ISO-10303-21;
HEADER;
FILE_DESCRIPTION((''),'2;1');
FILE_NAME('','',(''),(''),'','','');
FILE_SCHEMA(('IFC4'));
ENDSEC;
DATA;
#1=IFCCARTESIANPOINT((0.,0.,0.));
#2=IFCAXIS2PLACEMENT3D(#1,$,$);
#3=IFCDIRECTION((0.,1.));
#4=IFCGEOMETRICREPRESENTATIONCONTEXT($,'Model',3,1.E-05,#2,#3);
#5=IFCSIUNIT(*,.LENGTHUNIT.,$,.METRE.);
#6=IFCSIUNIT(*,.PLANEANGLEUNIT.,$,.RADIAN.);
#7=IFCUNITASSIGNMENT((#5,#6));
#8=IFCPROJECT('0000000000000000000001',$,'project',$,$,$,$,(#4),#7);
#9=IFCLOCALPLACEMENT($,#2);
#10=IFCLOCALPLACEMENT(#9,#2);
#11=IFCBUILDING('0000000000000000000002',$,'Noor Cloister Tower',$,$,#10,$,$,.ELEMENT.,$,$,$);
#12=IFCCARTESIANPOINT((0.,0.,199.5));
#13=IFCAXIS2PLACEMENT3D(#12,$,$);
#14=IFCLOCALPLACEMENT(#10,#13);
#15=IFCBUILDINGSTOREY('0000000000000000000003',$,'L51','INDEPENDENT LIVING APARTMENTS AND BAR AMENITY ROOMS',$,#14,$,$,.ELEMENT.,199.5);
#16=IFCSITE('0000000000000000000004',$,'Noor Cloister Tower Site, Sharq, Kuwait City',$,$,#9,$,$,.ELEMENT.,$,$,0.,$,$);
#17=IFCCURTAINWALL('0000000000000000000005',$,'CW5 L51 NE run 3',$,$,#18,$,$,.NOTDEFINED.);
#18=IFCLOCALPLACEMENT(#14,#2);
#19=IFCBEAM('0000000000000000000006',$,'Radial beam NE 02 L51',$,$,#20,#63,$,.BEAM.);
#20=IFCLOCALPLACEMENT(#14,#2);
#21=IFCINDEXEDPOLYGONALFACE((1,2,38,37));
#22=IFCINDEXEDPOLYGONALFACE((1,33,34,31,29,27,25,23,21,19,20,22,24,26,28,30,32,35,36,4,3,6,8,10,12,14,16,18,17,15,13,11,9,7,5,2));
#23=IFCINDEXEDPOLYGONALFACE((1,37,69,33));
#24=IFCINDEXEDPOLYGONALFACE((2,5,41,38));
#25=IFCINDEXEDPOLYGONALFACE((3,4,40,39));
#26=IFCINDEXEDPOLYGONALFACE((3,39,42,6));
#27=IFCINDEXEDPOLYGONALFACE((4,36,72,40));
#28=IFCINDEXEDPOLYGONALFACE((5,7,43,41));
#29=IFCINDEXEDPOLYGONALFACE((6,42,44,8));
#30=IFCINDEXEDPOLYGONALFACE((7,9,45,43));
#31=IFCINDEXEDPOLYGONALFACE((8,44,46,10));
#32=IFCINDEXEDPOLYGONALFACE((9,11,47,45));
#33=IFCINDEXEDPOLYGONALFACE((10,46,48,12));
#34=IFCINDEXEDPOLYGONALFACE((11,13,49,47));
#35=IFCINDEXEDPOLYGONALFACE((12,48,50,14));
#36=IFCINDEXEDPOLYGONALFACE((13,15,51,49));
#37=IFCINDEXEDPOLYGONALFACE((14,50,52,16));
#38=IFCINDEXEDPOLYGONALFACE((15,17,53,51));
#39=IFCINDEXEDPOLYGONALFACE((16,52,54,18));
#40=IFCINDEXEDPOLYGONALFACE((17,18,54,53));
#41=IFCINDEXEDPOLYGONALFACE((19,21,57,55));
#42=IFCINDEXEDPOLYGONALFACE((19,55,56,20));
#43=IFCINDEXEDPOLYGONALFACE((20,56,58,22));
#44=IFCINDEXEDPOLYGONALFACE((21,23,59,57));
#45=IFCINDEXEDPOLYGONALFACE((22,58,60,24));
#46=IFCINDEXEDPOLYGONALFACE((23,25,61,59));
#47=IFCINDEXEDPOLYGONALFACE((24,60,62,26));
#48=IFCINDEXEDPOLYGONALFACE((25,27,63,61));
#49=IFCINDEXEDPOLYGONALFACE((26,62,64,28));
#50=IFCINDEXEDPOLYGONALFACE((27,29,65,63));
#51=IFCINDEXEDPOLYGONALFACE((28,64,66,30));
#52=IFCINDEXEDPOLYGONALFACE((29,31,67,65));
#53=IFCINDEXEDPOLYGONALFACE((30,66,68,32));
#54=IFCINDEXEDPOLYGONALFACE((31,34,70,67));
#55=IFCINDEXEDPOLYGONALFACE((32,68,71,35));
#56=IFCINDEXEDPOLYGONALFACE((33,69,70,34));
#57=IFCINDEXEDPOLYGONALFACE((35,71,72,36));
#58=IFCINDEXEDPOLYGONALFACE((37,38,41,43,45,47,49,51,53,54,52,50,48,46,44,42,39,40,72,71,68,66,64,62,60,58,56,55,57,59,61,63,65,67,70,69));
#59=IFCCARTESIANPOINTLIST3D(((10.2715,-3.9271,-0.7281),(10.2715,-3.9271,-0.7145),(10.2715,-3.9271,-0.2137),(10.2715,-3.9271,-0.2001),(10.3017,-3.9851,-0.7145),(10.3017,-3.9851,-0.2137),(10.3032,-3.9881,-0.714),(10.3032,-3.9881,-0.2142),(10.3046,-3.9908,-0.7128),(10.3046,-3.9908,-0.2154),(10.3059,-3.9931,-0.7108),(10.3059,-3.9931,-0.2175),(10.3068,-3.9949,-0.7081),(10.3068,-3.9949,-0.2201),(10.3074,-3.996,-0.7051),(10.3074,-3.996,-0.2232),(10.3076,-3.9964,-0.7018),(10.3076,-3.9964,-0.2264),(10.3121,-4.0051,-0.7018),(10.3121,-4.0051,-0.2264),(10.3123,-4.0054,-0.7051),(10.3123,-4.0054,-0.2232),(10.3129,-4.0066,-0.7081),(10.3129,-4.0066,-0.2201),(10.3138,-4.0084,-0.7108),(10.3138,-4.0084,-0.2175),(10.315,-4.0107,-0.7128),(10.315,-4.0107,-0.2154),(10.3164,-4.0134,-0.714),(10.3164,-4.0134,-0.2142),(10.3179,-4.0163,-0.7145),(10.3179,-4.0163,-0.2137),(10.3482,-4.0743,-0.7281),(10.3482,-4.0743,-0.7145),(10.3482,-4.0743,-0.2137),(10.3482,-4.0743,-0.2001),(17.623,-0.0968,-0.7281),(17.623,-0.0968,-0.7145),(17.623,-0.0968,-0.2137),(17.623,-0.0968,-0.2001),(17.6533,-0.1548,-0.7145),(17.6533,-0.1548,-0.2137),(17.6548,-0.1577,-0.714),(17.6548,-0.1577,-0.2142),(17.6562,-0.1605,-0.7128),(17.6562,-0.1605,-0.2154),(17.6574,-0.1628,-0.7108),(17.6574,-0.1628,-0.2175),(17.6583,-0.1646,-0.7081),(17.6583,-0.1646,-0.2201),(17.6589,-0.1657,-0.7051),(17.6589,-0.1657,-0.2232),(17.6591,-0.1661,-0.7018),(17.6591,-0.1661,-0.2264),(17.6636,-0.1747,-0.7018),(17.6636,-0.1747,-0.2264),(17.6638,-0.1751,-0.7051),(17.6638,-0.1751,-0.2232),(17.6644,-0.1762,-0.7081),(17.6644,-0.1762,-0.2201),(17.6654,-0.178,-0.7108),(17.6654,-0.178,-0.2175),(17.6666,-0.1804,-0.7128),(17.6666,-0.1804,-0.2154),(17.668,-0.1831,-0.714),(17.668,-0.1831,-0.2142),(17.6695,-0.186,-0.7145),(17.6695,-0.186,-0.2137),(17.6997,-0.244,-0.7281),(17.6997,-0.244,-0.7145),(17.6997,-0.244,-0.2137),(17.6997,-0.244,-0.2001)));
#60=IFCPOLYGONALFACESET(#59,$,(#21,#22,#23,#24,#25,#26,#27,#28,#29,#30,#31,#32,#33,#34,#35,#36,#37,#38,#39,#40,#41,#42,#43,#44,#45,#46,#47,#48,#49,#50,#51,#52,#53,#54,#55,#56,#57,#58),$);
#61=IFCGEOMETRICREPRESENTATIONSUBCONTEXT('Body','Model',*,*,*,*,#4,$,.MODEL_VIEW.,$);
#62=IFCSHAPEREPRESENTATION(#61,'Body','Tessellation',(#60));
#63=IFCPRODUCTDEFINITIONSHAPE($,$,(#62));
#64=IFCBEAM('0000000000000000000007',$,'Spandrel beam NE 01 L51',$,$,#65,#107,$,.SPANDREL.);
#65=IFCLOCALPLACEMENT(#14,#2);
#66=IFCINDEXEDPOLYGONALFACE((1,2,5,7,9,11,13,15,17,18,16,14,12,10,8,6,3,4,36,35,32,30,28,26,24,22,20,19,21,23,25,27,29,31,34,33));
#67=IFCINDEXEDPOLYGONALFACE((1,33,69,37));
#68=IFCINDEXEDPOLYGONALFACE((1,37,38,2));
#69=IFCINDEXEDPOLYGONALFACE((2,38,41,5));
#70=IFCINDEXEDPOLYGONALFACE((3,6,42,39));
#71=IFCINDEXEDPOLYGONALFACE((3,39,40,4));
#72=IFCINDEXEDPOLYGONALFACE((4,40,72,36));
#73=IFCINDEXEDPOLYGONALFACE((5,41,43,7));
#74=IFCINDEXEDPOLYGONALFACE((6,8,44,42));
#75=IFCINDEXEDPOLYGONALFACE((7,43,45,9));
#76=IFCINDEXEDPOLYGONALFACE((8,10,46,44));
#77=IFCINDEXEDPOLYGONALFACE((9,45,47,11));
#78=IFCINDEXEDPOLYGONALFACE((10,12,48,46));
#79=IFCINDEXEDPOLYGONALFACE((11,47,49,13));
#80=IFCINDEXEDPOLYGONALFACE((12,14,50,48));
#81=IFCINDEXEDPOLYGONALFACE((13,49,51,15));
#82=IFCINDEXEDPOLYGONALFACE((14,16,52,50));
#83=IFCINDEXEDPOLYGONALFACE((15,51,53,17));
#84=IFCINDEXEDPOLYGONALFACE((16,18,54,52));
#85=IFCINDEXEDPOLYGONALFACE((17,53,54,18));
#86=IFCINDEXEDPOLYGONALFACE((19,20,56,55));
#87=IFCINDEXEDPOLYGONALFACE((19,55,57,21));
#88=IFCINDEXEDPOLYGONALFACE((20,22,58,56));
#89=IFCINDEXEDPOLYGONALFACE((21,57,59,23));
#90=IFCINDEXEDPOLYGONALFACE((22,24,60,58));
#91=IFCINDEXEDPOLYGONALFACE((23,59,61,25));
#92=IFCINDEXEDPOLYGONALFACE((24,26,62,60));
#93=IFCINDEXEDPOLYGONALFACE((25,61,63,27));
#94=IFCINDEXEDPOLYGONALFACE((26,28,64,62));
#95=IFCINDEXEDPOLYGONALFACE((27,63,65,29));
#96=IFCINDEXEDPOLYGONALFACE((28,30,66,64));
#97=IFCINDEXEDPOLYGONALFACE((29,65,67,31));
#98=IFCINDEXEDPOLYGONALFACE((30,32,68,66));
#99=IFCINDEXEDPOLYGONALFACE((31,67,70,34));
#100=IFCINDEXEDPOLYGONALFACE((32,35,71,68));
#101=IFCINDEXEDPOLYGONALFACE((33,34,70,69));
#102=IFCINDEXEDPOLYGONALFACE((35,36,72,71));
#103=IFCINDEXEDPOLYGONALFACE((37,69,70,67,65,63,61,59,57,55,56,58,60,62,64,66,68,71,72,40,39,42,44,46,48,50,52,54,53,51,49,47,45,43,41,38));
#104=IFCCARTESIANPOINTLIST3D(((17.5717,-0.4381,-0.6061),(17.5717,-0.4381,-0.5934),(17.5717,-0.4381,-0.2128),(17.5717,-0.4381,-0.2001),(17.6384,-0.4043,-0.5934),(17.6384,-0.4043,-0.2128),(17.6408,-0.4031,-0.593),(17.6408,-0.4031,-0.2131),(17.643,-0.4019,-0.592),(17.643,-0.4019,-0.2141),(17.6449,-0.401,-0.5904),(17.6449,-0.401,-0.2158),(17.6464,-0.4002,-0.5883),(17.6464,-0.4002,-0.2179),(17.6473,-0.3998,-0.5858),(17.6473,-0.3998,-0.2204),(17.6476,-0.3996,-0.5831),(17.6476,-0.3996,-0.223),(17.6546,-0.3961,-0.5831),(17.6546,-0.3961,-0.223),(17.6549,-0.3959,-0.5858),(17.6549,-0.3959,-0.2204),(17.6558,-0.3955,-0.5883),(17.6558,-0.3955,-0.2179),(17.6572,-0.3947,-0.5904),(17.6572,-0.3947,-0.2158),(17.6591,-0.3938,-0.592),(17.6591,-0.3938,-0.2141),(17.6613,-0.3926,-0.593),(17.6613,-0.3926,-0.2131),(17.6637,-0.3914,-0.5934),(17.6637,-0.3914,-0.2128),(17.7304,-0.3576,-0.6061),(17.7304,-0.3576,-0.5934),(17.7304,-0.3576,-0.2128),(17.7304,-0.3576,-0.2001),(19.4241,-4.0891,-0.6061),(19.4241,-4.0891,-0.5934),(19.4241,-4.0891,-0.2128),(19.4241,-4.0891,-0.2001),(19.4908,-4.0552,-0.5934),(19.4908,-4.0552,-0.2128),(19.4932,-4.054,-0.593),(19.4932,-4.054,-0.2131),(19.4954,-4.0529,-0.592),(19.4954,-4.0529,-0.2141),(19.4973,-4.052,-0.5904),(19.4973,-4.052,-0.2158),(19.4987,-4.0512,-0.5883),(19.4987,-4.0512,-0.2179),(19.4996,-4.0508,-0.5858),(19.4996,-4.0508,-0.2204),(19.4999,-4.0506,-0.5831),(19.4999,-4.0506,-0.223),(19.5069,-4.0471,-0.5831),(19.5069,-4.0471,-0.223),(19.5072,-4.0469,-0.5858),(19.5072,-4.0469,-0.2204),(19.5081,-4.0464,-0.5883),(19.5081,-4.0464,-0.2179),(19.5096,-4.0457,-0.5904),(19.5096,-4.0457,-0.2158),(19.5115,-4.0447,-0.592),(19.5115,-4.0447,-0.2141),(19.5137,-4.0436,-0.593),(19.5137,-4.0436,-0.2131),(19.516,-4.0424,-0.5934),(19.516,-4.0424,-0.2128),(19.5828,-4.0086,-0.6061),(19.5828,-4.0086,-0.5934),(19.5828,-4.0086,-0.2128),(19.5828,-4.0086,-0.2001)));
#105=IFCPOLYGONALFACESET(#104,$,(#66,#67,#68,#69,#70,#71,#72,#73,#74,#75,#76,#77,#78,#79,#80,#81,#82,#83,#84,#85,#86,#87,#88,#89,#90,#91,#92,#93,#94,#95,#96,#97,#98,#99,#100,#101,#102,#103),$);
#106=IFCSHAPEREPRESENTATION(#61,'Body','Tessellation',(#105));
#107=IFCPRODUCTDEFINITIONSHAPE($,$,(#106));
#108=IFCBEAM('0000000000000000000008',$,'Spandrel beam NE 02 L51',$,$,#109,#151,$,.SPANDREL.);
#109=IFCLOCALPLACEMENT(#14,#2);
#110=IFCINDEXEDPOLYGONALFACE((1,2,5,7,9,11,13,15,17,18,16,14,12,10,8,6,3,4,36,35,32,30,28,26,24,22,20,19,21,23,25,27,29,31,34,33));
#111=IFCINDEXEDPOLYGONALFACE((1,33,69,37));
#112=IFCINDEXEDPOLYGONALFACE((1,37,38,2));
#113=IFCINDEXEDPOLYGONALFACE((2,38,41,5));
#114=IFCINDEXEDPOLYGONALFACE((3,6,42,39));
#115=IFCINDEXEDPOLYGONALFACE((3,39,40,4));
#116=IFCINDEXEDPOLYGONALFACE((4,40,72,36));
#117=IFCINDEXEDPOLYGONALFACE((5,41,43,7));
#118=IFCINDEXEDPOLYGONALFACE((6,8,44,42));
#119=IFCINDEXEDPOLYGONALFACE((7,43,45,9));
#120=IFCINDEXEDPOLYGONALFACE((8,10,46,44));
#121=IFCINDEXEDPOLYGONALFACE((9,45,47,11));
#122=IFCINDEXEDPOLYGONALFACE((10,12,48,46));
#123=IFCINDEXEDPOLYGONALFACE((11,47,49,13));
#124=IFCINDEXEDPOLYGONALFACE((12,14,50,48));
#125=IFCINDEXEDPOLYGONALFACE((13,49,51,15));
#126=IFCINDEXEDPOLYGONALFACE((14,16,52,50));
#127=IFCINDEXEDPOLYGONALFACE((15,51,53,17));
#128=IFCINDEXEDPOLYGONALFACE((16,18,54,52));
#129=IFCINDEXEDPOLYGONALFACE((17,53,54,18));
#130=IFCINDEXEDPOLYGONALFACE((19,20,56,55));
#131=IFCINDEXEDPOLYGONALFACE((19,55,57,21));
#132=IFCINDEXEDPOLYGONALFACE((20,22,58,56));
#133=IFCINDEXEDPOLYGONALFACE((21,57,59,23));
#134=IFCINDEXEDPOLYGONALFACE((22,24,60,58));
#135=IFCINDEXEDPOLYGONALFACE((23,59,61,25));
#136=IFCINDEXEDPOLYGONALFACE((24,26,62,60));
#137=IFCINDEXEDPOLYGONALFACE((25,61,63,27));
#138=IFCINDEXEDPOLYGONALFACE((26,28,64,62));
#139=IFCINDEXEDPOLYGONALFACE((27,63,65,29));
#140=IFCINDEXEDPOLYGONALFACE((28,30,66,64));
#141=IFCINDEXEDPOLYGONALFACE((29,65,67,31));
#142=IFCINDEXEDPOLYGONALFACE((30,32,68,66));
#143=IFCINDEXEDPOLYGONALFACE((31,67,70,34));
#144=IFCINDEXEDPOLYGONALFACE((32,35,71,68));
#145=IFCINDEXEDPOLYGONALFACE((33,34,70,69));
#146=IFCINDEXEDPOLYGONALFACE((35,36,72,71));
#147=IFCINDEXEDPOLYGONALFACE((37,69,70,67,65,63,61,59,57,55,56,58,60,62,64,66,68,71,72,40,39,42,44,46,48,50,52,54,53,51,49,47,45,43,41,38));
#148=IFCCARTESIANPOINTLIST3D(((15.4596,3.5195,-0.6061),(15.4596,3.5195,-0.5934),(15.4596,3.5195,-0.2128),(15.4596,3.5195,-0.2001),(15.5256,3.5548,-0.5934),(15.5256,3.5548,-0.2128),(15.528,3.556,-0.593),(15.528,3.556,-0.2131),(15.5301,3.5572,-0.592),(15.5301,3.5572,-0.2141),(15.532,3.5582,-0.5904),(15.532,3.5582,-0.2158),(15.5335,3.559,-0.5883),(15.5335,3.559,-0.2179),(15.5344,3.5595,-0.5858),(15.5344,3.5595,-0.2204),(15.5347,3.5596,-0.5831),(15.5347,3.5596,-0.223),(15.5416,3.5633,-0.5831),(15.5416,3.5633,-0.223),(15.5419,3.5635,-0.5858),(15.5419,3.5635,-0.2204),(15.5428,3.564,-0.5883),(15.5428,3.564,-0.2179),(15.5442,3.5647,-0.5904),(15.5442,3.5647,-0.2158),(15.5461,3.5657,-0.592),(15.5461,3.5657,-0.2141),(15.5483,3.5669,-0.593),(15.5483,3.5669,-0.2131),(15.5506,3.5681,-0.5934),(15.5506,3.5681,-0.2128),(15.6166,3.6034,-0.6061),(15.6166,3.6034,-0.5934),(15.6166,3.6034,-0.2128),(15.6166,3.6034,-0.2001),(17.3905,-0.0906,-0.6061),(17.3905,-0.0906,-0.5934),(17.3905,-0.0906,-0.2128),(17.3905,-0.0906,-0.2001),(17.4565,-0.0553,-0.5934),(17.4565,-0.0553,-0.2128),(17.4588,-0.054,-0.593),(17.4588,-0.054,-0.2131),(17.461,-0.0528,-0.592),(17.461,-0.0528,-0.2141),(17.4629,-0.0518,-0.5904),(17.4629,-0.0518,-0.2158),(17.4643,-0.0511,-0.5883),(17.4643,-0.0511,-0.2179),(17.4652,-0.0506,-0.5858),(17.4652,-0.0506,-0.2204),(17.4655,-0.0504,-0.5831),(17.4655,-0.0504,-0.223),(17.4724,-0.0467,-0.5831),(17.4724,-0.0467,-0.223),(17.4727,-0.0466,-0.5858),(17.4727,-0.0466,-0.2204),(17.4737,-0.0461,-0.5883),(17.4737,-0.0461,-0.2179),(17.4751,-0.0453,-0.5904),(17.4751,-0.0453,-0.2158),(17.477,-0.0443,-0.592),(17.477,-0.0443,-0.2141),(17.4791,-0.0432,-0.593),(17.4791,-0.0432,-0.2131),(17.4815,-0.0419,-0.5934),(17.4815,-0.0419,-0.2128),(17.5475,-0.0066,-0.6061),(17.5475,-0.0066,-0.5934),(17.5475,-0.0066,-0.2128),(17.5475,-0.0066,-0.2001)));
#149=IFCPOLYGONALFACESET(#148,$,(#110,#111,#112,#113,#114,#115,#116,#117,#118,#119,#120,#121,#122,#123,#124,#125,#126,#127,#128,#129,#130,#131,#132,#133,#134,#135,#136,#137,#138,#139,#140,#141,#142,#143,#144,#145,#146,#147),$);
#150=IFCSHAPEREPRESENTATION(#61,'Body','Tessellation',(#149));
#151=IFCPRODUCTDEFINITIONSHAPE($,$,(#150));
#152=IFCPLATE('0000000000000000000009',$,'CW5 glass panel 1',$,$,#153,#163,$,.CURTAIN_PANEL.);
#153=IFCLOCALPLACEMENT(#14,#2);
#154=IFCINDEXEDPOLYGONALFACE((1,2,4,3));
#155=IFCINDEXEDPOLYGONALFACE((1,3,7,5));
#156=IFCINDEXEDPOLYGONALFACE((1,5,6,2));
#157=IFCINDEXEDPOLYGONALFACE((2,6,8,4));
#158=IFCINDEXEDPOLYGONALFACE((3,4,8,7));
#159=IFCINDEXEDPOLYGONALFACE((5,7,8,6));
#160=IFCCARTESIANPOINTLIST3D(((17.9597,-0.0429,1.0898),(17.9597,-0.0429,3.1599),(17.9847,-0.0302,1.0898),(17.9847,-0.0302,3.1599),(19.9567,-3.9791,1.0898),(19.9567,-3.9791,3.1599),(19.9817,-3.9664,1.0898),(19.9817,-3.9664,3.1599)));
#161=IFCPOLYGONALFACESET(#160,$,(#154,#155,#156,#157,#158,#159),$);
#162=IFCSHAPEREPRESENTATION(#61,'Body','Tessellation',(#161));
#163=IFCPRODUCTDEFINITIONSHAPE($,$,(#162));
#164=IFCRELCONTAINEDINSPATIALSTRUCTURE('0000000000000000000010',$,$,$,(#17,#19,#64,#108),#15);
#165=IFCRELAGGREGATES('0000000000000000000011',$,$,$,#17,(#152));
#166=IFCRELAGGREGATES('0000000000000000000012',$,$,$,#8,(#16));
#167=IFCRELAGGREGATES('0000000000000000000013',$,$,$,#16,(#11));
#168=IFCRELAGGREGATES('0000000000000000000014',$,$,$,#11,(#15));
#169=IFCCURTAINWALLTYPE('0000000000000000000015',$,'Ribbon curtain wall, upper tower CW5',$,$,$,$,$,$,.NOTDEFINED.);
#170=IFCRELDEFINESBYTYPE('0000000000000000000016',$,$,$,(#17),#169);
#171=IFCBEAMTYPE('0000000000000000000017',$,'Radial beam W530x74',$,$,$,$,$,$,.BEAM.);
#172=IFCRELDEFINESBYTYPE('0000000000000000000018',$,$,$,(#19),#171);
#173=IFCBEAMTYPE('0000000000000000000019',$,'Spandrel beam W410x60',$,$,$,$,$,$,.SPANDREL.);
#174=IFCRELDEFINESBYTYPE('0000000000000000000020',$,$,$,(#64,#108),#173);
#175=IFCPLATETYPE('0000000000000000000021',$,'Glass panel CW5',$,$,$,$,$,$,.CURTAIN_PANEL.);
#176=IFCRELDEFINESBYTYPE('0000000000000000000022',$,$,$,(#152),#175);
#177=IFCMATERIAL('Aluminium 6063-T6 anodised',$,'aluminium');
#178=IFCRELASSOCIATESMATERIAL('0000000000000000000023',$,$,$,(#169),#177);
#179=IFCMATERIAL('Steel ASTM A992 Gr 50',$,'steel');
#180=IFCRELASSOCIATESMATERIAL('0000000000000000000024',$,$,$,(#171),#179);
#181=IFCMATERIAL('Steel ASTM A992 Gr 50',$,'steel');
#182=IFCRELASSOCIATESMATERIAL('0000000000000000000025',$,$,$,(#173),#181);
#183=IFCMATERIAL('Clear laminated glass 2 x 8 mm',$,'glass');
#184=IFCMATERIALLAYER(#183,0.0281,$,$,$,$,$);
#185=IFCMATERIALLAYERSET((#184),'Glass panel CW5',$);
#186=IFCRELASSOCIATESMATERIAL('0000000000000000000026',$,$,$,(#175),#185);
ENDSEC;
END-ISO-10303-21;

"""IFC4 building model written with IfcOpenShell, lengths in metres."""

from ifc_helpers import new_model, si_unit, direction, frame, origin, origin_2d, place, context, subcontext, project, spatial, rectangle, i_section, extrude, material, layer, layer_set, material_profile, profile_set, type_object, element, aggregate, save


model = new_model("IFC4")

# Units and contexts
model_context = context("Model", 3, precision=1e-05, world=origin(), true_north=direction((0.0, 1.0)))
body_context = subcontext(model_context, "Body", "Model", "MODEL_VIEW")
ifc_project = project(units=[si_unit("LENGTHUNIT", "METRE"), si_unit("PLANEANGLEUNIT", "RADIAN")], contexts=[model_context])

# Site, building, storey
site_placement = place(None, origin())
site = spatial("IfcSite", under=ifc_project, at=site_placement, Name="Noor Cloister Tower Site, Sharq, Kuwait City", CompositionType="ELEMENT", RefElevation=0.0)
building_placement = place(site_placement, origin())
building = spatial("IfcBuilding", under=site, at=building_placement, Name="Noor Cloister Tower", CompositionType="ELEMENT")
storey_placement = place(building_placement, frame((0.0, 0.0, 199.5)))
storey = spatial("IfcBuildingStorey", under=building, at=storey_placement, Name="L51", Description="INDEPENDENT LIVING APARTMENTS AND BAR AMENITY ROOMS", CompositionType="ELEMENT", Elevation=199.5)

# Curtain wall
ifc_material_1 = material(Name="Aluminium 6063-T6 anodised", Category="aluminium")
curtain_wall_type = type_object("IfcCurtainWallType", Name="Ribbon curtain wall, upper tower CW5", PredefinedType="NOTDEFINED", material=ifc_material_1)
curtain_wall_placement = place(storey_placement, origin())
curtain_wall = element("IfcCurtainWall", 1, at=curtain_wall_placement, inside=storey, type_object=curtain_wall_type, Name="CW5 L51 NE run 3", PredefinedType="NOTDEFINED")

# Beams
ifc_material_2 = material(Name="Steel ASTM A992 Gr 50", Category="steel")
ifc_material_profile_1 = material_profile(ifc_material_2, i_section(OverallWidth=0.166, OverallDepth=0.5281, WebThickness=0.0098, FlangeThickness=0.0137, FilletRadius=0.0127, at=origin_2d()), Name="W530x74")
ifc_profile_set_1 = profile_set([ifc_material_profile_1], Name="Steel ASTM A992 Gr 50")
beam_type_1 = type_object("IfcBeamType", Name="Radial beam W530x74", PredefinedType="BEAM", material=ifc_profile_set_1)
beam_1_placement = place(storey_placement, frame((17.6614, -0.1704, -0.4641), z_axis=(-0.886846, -0.462066, 0.0), x_axis=(0.462066, -0.886846, 0.0)))
element("IfcBeam", 2, at=beam_1_placement, inside=storey, type_object=beam_type_1, Name="Radial beam NE 02 L51", PredefinedType="BEAM", context=body_context, shape_type="SweptSolid", body=[
    extrude(i_section(OverallWidth=0.166, OverallDepth=0.5281, WebThickness=0.0098, FlangeThickness=0.0137, FilletRadius=0.0127, at=origin_2d()), origin(), (0.0, 0.0, 1.0), 8.2896),
])
ifc_material_3 = material(Name="Steel ASTM A992 Gr 50", Category="steel")
ifc_material_profile_2 = material_profile(ifc_material_3, i_section(OverallWidth=0.178, OverallDepth=0.406, WebThickness=0.0078, FlangeThickness=0.0127, FilletRadius=0.0103, at=origin_2d()), Name="W410x60")
ifc_profile_set_2 = profile_set([ifc_material_profile_2], Name="Steel ASTM A992 Gr 50")
beam_type_2 = type_object("IfcBeamType", Name="Spandrel beam W410x60", PredefinedType="SPANDREL", material=ifc_profile_set_2)
for number, where, z_axis, x_axis, name in (
    (3, (19.5034, -4.0488, -0.4031), (-0.452454, 0.891788, 0.0), (-0.891788, -0.452454, 0.0), "Spandrel beam NE 01 L51"),
    (4, (17.469, -0.0486, -0.4031), (-0.471637, 0.881793, 0.0), (-0.881793, -0.471637, 0.0), "Spandrel beam NE 02 L51"),
):
    element("IfcBeam", number, at=place(storey_placement, frame(where, z_axis=z_axis, x_axis=x_axis)), inside=storey, type_object=beam_type_2, Name=name, PredefinedType="SPANDREL", context=body_context, shape_type="SweptSolid", body=[
        extrude(i_section(OverallWidth=0.178, OverallDepth=0.406, WebThickness=0.0078, FlangeThickness=0.0127, FilletRadius=0.0103, at=origin_2d()), origin(), (0.0, 0.0, 1.0), 4.094),
    ])

# Plate
ifc_material_4 = material(Name="Clear laminated glass 2 x 8 mm", Category="glass")
ifc_layer_1 = layer(ifc_material_4, 0.0281)
ifc_layer_set_1 = layer_set([ifc_layer_1], Name="Glass panel CW5")
plate_type = type_object("IfcPlateType", Name="Glass panel CW5", PredefinedType="CURTAIN_PANEL", material=ifc_layer_set_1)
plate_placement = place(storey_placement, frame((18.9707, -2.0046, 1.0898), z_axis=(0.0, 0.0, 1.0), x_axis=(-0.452439, 0.891795, 0.0)))
plate = element("IfcPlate", 5, at=plate_placement, type_object=plate_type, Name="CW5 glass panel 1", PredefinedType="CURTAIN_PANEL", context=body_context, shape_type="SweptSolid", body=[
    extrude(rectangle(XDim=4.4138, YDim=0.0281, at=origin_2d()), origin(), (0.0, 0.0, 1.0), 2.0701),
])
aggregate(curtain_wall, [plate])

save(model, "model.ifc")
